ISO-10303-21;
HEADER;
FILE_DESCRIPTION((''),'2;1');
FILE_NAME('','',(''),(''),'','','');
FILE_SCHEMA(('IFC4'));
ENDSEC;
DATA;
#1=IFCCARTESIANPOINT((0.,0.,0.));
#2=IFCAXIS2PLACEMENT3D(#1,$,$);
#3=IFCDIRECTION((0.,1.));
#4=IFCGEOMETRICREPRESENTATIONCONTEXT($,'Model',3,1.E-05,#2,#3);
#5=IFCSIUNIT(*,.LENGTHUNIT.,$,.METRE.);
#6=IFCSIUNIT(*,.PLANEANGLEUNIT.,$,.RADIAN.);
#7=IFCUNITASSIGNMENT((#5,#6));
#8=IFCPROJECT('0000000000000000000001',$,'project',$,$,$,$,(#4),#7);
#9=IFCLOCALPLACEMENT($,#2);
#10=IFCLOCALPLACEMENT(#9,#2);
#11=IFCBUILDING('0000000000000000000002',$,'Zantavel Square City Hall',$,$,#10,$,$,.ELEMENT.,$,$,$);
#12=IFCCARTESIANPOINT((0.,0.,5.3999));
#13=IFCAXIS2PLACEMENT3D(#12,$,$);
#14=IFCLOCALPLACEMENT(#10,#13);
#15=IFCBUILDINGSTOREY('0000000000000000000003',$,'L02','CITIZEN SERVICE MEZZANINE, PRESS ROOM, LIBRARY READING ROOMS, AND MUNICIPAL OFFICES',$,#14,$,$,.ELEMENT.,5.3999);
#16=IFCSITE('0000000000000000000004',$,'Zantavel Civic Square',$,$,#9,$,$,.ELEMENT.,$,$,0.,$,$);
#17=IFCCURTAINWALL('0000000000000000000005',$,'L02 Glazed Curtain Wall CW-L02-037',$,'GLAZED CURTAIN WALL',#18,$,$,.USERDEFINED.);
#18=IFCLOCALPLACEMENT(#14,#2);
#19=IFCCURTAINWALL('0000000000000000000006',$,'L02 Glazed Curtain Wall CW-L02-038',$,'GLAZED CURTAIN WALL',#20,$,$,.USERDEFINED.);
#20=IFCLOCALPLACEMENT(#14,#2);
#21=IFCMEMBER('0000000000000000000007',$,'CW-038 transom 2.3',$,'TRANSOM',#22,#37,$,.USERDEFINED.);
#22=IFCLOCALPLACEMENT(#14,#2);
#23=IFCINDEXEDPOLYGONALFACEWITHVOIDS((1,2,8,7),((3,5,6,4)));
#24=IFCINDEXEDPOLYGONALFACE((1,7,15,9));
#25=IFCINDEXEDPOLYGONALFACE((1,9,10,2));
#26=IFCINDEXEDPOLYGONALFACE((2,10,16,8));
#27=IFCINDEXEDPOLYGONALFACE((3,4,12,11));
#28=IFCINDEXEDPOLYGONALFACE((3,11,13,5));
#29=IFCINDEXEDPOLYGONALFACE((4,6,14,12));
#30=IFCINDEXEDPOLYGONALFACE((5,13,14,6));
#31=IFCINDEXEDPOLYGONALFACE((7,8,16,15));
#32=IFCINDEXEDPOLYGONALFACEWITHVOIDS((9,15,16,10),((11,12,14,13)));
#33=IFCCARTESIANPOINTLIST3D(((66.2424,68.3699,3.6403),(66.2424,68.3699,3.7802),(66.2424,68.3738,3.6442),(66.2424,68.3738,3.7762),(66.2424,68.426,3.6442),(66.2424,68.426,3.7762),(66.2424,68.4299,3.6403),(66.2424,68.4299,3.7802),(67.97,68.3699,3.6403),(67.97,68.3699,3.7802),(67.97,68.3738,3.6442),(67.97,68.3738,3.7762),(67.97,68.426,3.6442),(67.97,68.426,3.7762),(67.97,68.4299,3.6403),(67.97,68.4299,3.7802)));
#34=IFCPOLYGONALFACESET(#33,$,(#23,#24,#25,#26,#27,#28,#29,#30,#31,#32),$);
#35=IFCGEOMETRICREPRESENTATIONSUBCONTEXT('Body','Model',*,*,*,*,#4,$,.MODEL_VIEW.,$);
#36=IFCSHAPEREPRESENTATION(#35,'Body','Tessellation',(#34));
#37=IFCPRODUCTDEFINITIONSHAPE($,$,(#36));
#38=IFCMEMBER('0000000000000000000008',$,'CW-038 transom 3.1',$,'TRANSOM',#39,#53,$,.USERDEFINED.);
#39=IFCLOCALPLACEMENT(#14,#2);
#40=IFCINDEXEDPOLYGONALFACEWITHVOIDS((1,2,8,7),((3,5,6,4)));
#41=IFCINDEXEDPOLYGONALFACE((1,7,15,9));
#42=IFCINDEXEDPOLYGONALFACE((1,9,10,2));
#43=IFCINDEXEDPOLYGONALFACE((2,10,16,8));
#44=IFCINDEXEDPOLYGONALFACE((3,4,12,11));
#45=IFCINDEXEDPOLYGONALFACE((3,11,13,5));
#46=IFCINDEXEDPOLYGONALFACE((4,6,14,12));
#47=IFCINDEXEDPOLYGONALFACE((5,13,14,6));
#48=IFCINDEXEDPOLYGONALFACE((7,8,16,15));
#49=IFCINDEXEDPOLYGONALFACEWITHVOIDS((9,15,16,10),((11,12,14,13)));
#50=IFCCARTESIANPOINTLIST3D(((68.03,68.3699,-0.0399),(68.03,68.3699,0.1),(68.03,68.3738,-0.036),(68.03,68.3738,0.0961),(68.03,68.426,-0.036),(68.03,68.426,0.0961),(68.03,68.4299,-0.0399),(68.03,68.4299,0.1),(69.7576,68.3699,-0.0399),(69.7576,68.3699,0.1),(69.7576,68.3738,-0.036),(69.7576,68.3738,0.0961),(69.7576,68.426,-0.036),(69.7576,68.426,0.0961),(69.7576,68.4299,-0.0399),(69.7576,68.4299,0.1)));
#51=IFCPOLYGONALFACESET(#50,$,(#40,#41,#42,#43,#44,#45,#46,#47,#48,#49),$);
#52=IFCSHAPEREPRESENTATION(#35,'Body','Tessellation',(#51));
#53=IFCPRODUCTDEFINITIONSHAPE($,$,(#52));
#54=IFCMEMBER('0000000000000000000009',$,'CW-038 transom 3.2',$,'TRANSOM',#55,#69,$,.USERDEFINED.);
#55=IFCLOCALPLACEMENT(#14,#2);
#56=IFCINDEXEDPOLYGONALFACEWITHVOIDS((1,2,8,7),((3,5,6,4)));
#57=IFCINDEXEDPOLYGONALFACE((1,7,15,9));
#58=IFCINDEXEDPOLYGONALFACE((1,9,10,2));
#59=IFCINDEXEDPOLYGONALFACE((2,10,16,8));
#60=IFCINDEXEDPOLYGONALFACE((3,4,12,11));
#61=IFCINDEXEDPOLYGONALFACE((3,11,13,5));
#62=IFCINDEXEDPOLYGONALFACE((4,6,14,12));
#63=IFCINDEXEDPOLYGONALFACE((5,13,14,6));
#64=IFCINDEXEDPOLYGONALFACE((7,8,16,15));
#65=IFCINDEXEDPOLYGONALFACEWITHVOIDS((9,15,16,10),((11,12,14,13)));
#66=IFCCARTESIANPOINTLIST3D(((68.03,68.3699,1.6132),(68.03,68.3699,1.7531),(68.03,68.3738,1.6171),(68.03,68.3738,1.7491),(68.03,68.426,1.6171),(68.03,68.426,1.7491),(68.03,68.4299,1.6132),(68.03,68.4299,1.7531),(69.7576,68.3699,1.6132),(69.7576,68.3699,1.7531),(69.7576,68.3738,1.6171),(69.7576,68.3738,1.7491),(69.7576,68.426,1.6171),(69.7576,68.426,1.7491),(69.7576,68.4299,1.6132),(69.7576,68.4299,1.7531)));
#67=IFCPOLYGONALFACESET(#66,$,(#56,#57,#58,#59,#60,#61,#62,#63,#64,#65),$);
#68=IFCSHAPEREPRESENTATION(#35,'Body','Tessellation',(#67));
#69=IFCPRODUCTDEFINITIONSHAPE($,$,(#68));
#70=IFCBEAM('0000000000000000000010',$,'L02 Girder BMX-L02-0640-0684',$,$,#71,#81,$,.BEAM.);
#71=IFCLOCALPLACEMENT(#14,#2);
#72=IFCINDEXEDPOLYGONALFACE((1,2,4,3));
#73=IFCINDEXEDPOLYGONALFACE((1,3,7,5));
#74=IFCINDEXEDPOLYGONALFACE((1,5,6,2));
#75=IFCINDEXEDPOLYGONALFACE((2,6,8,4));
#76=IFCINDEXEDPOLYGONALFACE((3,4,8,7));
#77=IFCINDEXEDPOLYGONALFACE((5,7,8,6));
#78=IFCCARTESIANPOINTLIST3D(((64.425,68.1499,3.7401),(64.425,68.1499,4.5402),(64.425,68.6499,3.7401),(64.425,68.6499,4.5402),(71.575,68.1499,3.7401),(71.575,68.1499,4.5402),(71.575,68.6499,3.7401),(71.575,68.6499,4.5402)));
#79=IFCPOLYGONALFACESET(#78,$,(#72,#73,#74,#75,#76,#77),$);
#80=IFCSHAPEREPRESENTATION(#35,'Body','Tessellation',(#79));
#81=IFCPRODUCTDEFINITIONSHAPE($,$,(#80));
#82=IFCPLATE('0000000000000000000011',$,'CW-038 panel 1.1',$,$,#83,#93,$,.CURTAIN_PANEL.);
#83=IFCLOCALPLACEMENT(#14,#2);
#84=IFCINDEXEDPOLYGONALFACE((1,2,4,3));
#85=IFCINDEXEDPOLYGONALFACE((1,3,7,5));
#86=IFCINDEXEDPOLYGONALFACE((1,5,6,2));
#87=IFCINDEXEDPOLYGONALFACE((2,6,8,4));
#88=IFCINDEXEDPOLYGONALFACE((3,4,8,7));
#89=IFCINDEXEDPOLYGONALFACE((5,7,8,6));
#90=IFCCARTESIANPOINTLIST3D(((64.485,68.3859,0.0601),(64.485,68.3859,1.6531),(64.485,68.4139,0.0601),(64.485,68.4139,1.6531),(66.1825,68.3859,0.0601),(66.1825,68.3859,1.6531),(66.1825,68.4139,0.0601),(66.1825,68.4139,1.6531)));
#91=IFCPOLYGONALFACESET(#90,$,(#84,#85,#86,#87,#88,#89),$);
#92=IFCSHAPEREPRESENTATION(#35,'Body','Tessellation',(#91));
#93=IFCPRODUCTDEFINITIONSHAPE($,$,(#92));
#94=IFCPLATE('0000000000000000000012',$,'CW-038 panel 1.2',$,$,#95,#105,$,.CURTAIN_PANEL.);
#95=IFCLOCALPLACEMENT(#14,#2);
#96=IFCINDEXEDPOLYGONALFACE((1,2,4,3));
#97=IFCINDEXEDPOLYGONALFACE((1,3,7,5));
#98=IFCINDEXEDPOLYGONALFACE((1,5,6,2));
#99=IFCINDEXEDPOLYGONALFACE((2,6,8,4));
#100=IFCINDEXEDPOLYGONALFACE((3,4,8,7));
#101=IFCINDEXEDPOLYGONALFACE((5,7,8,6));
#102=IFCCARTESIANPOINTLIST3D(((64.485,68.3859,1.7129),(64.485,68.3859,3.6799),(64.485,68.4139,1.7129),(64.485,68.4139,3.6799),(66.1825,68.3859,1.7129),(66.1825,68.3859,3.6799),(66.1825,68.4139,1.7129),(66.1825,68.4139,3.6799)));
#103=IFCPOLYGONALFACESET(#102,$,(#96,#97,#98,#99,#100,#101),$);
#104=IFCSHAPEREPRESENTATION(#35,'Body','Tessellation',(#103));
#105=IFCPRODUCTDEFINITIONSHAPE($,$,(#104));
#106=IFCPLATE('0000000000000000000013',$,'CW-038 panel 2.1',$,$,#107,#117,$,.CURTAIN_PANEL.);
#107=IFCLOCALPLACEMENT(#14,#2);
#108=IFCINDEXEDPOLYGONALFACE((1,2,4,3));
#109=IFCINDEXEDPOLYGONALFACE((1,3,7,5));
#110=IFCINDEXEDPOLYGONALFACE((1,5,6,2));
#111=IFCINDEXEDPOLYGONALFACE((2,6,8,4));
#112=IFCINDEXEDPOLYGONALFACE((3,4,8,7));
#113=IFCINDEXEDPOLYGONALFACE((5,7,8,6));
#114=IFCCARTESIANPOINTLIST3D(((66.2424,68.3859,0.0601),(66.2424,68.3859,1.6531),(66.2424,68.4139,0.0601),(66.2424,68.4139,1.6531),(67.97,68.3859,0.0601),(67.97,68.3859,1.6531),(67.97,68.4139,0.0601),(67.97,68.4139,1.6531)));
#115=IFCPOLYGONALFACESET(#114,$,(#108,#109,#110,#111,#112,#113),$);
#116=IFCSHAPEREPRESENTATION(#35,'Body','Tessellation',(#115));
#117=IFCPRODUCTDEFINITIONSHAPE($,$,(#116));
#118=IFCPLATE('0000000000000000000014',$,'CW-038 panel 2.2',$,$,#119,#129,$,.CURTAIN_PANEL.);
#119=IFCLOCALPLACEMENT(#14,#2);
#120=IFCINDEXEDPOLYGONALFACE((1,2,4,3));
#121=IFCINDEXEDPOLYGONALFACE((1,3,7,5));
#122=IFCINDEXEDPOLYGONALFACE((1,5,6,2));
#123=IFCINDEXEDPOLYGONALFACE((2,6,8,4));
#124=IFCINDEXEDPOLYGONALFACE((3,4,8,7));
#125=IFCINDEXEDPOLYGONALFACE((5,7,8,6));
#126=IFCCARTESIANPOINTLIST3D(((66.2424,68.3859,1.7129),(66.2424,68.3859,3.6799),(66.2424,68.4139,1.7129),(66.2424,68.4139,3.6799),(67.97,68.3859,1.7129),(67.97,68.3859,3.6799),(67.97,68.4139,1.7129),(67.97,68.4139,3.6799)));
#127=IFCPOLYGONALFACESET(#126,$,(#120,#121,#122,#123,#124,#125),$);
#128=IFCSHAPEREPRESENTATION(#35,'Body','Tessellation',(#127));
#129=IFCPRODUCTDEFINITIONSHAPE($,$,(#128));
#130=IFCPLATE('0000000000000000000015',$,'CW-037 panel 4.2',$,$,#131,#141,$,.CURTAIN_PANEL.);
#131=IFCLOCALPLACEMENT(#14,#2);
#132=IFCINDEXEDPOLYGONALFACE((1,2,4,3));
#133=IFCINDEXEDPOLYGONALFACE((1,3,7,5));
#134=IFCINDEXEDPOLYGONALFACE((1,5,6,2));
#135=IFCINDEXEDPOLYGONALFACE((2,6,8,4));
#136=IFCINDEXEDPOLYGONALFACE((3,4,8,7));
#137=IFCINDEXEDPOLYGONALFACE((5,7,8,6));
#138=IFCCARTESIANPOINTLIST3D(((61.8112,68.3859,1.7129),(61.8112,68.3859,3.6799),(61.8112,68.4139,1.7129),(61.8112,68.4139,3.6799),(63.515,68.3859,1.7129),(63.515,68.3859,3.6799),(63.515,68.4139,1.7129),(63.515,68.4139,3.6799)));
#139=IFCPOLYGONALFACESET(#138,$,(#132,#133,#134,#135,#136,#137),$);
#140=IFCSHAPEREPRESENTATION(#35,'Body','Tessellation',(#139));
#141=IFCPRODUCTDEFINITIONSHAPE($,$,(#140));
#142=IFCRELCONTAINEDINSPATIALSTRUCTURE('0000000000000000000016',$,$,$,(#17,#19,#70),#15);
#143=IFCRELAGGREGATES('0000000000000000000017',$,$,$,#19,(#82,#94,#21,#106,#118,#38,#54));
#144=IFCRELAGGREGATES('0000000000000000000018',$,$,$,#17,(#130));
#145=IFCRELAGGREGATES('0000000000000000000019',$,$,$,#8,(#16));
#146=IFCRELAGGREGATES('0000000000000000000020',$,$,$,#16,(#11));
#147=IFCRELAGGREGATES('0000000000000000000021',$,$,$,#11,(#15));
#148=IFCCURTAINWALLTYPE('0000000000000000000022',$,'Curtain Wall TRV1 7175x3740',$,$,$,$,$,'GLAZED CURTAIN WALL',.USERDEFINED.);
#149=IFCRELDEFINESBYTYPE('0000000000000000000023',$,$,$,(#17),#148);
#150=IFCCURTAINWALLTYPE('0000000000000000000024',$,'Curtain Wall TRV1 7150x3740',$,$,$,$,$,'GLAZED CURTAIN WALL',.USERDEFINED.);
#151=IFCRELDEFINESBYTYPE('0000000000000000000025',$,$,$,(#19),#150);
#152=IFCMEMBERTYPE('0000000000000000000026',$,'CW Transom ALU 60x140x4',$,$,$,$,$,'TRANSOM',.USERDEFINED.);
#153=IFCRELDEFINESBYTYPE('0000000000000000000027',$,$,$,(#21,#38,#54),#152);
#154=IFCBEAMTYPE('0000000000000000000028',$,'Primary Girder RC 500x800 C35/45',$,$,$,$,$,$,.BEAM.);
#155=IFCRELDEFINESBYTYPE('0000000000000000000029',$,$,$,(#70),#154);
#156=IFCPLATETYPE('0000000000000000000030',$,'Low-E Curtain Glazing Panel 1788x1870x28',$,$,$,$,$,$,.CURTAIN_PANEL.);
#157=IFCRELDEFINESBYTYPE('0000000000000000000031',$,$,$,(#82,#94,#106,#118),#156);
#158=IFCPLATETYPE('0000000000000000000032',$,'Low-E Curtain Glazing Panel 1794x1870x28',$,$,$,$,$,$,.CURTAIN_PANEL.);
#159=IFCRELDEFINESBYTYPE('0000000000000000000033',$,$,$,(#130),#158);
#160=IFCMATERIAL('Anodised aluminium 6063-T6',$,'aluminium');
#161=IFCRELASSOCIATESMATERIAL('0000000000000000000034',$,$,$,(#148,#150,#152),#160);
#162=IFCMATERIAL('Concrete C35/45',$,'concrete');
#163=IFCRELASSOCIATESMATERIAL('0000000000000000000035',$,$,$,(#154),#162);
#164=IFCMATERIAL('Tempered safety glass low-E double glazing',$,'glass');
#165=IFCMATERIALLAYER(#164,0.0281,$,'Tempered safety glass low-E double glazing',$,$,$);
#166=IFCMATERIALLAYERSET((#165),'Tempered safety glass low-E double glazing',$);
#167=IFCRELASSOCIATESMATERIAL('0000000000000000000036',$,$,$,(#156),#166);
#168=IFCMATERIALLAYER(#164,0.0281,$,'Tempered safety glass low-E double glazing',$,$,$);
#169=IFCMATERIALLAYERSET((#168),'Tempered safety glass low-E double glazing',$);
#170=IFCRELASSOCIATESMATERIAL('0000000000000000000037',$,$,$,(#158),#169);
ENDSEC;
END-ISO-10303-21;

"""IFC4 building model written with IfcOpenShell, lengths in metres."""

from ifc_helpers import new_model, si_unit, direction, frame, origin, origin_2d, place, context, subcontext, project, spatial, rectangle, hollow_rectangle, extrude, material, layer, layer_set, material_profile, profile_set, type_object, element, aggregate, save


model = new_model("IFC4")

# Units and contexts
model_context = context("Model", 3, precision=1e-05, world=origin(), true_north=direction((0.0, 1.0)))
body_context = subcontext(model_context, "Body", "Model", "MODEL_VIEW")
ifc_project = project(units=[si_unit("LENGTHUNIT", "METRE"), si_unit("PLANEANGLEUNIT", "RADIAN")], contexts=[model_context])

# Site, building, storey
site_placement = place(None, origin())
site = spatial("IfcSite", under=ifc_project, at=site_placement, Name="Zantavel Civic Square", CompositionType="ELEMENT", RefElevation=0.0)
building_placement = place(site_placement, origin())
building = spatial("IfcBuilding", under=site, at=building_placement, Name="Zantavel Square City Hall", CompositionType="ELEMENT")
storey_placement = place(building_placement, frame((0.0, 0.0, 5.3999)))
storey = spatial("IfcBuildingStorey", under=building, at=storey_placement, Name="L02", Description="CITIZEN SERVICE MEZZANINE, PRESS ROOM, LIBRARY READING ROOMS, AND MUNICIPAL OFFICES", CompositionType="ELEMENT", Elevation=5.3999)

# Curtain wall
ifc_material_1 = material(Name="Anodised aluminium 6063-T6", Category="aluminium")
curtain_wall_type_1 = type_object("IfcCurtainWallType", Name="Curtain Wall TRV1 7175x3740", ElementType="GLAZED CURTAIN WALL", PredefinedType="USERDEFINED", material=ifc_material_1)
curtain_wall_1_placement = place(storey_placement, origin())
curtain_wall_1 = element("IfcCurtainWall", 1, at=curtain_wall_1_placement, inside=storey, type_object=curtain_wall_type_1, Name="L02 Glazed Curtain Wall CW-L02-037", ObjectType="GLAZED CURTAIN WALL", PredefinedType="USERDEFINED")

# Curtain wall, members
curtain_wall_type_2 = type_object("IfcCurtainWallType", Name="Curtain Wall TRV1 7150x3740", ElementType="GLAZED CURTAIN WALL", PredefinedType="USERDEFINED", material=ifc_material_1)
curtain_wall_2_placement = place(storey_placement, origin())
curtain_wall_2 = element("IfcCurtainWall", 2, at=curtain_wall_2_placement, inside=storey, type_object=curtain_wall_type_2, Name="L02 Glazed Curtain Wall CW-L02-038", ObjectType="GLAZED CURTAIN WALL", PredefinedType="USERDEFINED")
ifc_material_profile_1 = material_profile(ifc_material_1, hollow_rectangle(XDim=0.0601, YDim=0.1399, WallThickness=0.0039, at=origin_2d()), Name="ALU 60x140x4")
ifc_profile_set_1 = profile_set([ifc_material_profile_1], Name="Anodised aluminium 6063-T6")
member_type_1 = type_object("IfcMemberType", Name="CW Transom ALU 60x140x4", ElementType="TRANSOM", PredefinedType="USERDEFINED", material=ifc_profile_set_1)
member_1_placement = place(storey_placement, frame((66.2424, 68.3999, 3.7102), z_axis=(1.0, 0.0, 0.0), x_axis=(0.0, 1.0, 0.0)))
member_1 = element("IfcMember", 3, at=member_1_placement, type_object=member_type_1, Name="CW-038 transom 2.3", ObjectType="TRANSOM", PredefinedType="USERDEFINED", context=body_context, shape_type="SweptSolid", body=[
    extrude(hollow_rectangle(XDim=0.0601, YDim=0.1399, WallThickness=0.0039, at=origin_2d()), origin(), (0.0, 0.0, 1.0), 1.7275),
])
member_2_placement = place(storey_placement, frame((68.03, 68.3999, 0.03), z_axis=(1.0, 0.0, 0.0), x_axis=(0.0, 1.0, 0.0)))
member_2 = element("IfcMember", 4, at=member_2_placement, type_object=member_type_1, Name="CW-038 transom 3.1", ObjectType="TRANSOM", PredefinedType="USERDEFINED", context=body_context, shape_type="SweptSolid", body=[
    extrude(hollow_rectangle(XDim=0.0601, YDim=0.1399, WallThickness=0.0039, at=origin_2d()), origin(), (0.0, 0.0, 1.0), 1.7275),
])
member_3_placement = place(storey_placement, frame((68.03, 68.3999, 1.6831), z_axis=(1.0, 0.0, 0.0), x_axis=(0.0, 1.0, 0.0)))
member_3 = element("IfcMember", 5, at=member_3_placement, type_object=member_type_1, Name="CW-038 transom 3.2", ObjectType="TRANSOM", PredefinedType="USERDEFINED", context=body_context, shape_type="SweptSolid", body=[
    extrude(hollow_rectangle(XDim=0.0601, YDim=0.1399, WallThickness=0.0039, at=origin_2d()), origin(), (0.0, 0.0, 1.0), 1.7275),
])

# Beam
ifc_material_2 = material(Name="Concrete C35/45", Category="concrete")
ifc_material_profile_2 = material_profile(ifc_material_2, rectangle(XDim=0.5, YDim=0.8, at=origin_2d()), Name="RC 500x800")
ifc_profile_set_2 = profile_set([ifc_material_profile_2], Name="Concrete C35/45")
beam_type = type_object("IfcBeamType", Name="Primary Girder RC 500x800 C35/45", PredefinedType="BEAM", material=ifc_profile_set_2)
beam_placement = place(storey_placement, frame((64.425, 68.3999, 4.1401), z_axis=(1.0, 0.0, 0.0), x_axis=(0.0, 1.0, 0.0)))
element("IfcBeam", 6, at=beam_placement, inside=storey, type_object=beam_type, Name="L02 Girder BMX-L02-0640-0684", PredefinedType="BEAM", context=body_context, shape_type="SweptSolid", body=[
    extrude(rectangle(XDim=0.5, YDim=0.8, at=origin_2d()), origin(), (0.0, 0.0, 1.0), 7.1499),
])

# Plates
ifc_material_3 = material(Name="Tempered safety glass low-E double glazing", Category="glass")
ifc_layer_1 = layer(ifc_material_3, 0.0281, Name="Tempered safety glass low-E double glazing")
ifc_layer_set_1 = layer_set([ifc_layer_1], Name="Tempered safety glass low-E double glazing")
plate_type_1 = type_object("IfcPlateType", Name="Low-E Curtain Glazing Panel 1788x1870x28", PredefinedType="CURTAIN_PANEL", material=ifc_layer_set_1)
plate_1_placement = place(storey_placement, frame((65.3337, 68.3999, 0.0601), z_axis=(0.0, 0.0, 1.0), x_axis=(1.0, 0.0, 0.0)))
plate_1 = element("IfcPlate", 7, at=plate_1_placement, type_object=plate_type_1, Name="CW-038 panel 1.1", PredefinedType="CURTAIN_PANEL", context=body_context, shape_type="SweptSolid", body=[
    extrude(rectangle(XDim=1.6975, YDim=0.0281, at=origin_2d()), origin(), (0.0, 0.0, 1.0), 1.593),
])
plate_2_placement = place(storey_placement, frame((65.3337, 68.3999, 1.7129), z_axis=(0.0, 0.0, 1.0), x_axis=(1.0, 0.0, 0.0)))
plate_2 = element("IfcPlate", 8, at=plate_2_placement, type_object=plate_type_1, Name="CW-038 panel 1.2", PredefinedType="CURTAIN_PANEL", context=body_context, shape_type="SweptSolid", body=[
    extrude(rectangle(XDim=1.6975, YDim=0.0281, at=origin_2d()), origin(), (0.0, 0.0, 1.0), 1.967),
])
plate_3_placement = place(storey_placement, frame((67.1062, 68.3999, 0.0601), z_axis=(0.0, 0.0, 1.0), x_axis=(1.0, 0.0, 0.0)))
plate_3 = element("IfcPlate", 9, at=plate_3_placement, type_object=plate_type_1, Name="CW-038 panel 2.1", PredefinedType="CURTAIN_PANEL", context=body_context, shape_type="SweptSolid", body=[
    extrude(rectangle(XDim=1.7275, YDim=0.0281, at=origin_2d()), origin(), (0.0, 0.0, 1.0), 1.593),
])
plate_4_placement = place(storey_placement, frame((67.1062, 68.3999, 1.7129), z_axis=(0.0, 0.0, 1.0), x_axis=(1.0, 0.0, 0.0)))
plate_4 = element("IfcPlate", 10, at=plate_4_placement, type_object=plate_type_1, Name="CW-038 panel 2.2", PredefinedType="CURTAIN_PANEL", context=body_context, shape_type="SweptSolid", body=[
    extrude(rectangle(XDim=1.7275, YDim=0.0281, at=origin_2d()), origin(), (0.0, 0.0, 1.0), 1.967),
])
aggregate(curtain_wall_2, [plate_1, plate_2, member_1, plate_3, plate_4, member_2, member_3])
ifc_layer_2 = layer(ifc_material_3, 0.0281, Name="Tempered safety glass low-E double glazing")
ifc_layer_set_2 = layer_set([ifc_layer_2], Name="Tempered safety glass low-E double glazing")
plate_type_2 = type_object("IfcPlateType", Name="Low-E Curtain Glazing Panel 1794x1870x28", PredefinedType="CURTAIN_PANEL", material=ifc_layer_set_2)
plate_5_placement = place(storey_placement, frame((62.6631, 68.3999, 1.7129), z_axis=(0.0, 0.0, 1.0), x_axis=(1.0, 0.0, 0.0)))
plate_5 = element("IfcPlate", 11, at=plate_5_placement, type_object=plate_type_2, Name="CW-037 panel 4.2", PredefinedType="CURTAIN_PANEL", context=body_context, shape_type="SweptSolid", body=[
    extrude(rectangle(XDim=1.7039, YDim=0.0281, at=origin_2d()), origin(), (0.0, 0.0, 1.0), 1.967),
])
aggregate(curtain_wall_1, [plate_5])

save(model, "model.ifc")
